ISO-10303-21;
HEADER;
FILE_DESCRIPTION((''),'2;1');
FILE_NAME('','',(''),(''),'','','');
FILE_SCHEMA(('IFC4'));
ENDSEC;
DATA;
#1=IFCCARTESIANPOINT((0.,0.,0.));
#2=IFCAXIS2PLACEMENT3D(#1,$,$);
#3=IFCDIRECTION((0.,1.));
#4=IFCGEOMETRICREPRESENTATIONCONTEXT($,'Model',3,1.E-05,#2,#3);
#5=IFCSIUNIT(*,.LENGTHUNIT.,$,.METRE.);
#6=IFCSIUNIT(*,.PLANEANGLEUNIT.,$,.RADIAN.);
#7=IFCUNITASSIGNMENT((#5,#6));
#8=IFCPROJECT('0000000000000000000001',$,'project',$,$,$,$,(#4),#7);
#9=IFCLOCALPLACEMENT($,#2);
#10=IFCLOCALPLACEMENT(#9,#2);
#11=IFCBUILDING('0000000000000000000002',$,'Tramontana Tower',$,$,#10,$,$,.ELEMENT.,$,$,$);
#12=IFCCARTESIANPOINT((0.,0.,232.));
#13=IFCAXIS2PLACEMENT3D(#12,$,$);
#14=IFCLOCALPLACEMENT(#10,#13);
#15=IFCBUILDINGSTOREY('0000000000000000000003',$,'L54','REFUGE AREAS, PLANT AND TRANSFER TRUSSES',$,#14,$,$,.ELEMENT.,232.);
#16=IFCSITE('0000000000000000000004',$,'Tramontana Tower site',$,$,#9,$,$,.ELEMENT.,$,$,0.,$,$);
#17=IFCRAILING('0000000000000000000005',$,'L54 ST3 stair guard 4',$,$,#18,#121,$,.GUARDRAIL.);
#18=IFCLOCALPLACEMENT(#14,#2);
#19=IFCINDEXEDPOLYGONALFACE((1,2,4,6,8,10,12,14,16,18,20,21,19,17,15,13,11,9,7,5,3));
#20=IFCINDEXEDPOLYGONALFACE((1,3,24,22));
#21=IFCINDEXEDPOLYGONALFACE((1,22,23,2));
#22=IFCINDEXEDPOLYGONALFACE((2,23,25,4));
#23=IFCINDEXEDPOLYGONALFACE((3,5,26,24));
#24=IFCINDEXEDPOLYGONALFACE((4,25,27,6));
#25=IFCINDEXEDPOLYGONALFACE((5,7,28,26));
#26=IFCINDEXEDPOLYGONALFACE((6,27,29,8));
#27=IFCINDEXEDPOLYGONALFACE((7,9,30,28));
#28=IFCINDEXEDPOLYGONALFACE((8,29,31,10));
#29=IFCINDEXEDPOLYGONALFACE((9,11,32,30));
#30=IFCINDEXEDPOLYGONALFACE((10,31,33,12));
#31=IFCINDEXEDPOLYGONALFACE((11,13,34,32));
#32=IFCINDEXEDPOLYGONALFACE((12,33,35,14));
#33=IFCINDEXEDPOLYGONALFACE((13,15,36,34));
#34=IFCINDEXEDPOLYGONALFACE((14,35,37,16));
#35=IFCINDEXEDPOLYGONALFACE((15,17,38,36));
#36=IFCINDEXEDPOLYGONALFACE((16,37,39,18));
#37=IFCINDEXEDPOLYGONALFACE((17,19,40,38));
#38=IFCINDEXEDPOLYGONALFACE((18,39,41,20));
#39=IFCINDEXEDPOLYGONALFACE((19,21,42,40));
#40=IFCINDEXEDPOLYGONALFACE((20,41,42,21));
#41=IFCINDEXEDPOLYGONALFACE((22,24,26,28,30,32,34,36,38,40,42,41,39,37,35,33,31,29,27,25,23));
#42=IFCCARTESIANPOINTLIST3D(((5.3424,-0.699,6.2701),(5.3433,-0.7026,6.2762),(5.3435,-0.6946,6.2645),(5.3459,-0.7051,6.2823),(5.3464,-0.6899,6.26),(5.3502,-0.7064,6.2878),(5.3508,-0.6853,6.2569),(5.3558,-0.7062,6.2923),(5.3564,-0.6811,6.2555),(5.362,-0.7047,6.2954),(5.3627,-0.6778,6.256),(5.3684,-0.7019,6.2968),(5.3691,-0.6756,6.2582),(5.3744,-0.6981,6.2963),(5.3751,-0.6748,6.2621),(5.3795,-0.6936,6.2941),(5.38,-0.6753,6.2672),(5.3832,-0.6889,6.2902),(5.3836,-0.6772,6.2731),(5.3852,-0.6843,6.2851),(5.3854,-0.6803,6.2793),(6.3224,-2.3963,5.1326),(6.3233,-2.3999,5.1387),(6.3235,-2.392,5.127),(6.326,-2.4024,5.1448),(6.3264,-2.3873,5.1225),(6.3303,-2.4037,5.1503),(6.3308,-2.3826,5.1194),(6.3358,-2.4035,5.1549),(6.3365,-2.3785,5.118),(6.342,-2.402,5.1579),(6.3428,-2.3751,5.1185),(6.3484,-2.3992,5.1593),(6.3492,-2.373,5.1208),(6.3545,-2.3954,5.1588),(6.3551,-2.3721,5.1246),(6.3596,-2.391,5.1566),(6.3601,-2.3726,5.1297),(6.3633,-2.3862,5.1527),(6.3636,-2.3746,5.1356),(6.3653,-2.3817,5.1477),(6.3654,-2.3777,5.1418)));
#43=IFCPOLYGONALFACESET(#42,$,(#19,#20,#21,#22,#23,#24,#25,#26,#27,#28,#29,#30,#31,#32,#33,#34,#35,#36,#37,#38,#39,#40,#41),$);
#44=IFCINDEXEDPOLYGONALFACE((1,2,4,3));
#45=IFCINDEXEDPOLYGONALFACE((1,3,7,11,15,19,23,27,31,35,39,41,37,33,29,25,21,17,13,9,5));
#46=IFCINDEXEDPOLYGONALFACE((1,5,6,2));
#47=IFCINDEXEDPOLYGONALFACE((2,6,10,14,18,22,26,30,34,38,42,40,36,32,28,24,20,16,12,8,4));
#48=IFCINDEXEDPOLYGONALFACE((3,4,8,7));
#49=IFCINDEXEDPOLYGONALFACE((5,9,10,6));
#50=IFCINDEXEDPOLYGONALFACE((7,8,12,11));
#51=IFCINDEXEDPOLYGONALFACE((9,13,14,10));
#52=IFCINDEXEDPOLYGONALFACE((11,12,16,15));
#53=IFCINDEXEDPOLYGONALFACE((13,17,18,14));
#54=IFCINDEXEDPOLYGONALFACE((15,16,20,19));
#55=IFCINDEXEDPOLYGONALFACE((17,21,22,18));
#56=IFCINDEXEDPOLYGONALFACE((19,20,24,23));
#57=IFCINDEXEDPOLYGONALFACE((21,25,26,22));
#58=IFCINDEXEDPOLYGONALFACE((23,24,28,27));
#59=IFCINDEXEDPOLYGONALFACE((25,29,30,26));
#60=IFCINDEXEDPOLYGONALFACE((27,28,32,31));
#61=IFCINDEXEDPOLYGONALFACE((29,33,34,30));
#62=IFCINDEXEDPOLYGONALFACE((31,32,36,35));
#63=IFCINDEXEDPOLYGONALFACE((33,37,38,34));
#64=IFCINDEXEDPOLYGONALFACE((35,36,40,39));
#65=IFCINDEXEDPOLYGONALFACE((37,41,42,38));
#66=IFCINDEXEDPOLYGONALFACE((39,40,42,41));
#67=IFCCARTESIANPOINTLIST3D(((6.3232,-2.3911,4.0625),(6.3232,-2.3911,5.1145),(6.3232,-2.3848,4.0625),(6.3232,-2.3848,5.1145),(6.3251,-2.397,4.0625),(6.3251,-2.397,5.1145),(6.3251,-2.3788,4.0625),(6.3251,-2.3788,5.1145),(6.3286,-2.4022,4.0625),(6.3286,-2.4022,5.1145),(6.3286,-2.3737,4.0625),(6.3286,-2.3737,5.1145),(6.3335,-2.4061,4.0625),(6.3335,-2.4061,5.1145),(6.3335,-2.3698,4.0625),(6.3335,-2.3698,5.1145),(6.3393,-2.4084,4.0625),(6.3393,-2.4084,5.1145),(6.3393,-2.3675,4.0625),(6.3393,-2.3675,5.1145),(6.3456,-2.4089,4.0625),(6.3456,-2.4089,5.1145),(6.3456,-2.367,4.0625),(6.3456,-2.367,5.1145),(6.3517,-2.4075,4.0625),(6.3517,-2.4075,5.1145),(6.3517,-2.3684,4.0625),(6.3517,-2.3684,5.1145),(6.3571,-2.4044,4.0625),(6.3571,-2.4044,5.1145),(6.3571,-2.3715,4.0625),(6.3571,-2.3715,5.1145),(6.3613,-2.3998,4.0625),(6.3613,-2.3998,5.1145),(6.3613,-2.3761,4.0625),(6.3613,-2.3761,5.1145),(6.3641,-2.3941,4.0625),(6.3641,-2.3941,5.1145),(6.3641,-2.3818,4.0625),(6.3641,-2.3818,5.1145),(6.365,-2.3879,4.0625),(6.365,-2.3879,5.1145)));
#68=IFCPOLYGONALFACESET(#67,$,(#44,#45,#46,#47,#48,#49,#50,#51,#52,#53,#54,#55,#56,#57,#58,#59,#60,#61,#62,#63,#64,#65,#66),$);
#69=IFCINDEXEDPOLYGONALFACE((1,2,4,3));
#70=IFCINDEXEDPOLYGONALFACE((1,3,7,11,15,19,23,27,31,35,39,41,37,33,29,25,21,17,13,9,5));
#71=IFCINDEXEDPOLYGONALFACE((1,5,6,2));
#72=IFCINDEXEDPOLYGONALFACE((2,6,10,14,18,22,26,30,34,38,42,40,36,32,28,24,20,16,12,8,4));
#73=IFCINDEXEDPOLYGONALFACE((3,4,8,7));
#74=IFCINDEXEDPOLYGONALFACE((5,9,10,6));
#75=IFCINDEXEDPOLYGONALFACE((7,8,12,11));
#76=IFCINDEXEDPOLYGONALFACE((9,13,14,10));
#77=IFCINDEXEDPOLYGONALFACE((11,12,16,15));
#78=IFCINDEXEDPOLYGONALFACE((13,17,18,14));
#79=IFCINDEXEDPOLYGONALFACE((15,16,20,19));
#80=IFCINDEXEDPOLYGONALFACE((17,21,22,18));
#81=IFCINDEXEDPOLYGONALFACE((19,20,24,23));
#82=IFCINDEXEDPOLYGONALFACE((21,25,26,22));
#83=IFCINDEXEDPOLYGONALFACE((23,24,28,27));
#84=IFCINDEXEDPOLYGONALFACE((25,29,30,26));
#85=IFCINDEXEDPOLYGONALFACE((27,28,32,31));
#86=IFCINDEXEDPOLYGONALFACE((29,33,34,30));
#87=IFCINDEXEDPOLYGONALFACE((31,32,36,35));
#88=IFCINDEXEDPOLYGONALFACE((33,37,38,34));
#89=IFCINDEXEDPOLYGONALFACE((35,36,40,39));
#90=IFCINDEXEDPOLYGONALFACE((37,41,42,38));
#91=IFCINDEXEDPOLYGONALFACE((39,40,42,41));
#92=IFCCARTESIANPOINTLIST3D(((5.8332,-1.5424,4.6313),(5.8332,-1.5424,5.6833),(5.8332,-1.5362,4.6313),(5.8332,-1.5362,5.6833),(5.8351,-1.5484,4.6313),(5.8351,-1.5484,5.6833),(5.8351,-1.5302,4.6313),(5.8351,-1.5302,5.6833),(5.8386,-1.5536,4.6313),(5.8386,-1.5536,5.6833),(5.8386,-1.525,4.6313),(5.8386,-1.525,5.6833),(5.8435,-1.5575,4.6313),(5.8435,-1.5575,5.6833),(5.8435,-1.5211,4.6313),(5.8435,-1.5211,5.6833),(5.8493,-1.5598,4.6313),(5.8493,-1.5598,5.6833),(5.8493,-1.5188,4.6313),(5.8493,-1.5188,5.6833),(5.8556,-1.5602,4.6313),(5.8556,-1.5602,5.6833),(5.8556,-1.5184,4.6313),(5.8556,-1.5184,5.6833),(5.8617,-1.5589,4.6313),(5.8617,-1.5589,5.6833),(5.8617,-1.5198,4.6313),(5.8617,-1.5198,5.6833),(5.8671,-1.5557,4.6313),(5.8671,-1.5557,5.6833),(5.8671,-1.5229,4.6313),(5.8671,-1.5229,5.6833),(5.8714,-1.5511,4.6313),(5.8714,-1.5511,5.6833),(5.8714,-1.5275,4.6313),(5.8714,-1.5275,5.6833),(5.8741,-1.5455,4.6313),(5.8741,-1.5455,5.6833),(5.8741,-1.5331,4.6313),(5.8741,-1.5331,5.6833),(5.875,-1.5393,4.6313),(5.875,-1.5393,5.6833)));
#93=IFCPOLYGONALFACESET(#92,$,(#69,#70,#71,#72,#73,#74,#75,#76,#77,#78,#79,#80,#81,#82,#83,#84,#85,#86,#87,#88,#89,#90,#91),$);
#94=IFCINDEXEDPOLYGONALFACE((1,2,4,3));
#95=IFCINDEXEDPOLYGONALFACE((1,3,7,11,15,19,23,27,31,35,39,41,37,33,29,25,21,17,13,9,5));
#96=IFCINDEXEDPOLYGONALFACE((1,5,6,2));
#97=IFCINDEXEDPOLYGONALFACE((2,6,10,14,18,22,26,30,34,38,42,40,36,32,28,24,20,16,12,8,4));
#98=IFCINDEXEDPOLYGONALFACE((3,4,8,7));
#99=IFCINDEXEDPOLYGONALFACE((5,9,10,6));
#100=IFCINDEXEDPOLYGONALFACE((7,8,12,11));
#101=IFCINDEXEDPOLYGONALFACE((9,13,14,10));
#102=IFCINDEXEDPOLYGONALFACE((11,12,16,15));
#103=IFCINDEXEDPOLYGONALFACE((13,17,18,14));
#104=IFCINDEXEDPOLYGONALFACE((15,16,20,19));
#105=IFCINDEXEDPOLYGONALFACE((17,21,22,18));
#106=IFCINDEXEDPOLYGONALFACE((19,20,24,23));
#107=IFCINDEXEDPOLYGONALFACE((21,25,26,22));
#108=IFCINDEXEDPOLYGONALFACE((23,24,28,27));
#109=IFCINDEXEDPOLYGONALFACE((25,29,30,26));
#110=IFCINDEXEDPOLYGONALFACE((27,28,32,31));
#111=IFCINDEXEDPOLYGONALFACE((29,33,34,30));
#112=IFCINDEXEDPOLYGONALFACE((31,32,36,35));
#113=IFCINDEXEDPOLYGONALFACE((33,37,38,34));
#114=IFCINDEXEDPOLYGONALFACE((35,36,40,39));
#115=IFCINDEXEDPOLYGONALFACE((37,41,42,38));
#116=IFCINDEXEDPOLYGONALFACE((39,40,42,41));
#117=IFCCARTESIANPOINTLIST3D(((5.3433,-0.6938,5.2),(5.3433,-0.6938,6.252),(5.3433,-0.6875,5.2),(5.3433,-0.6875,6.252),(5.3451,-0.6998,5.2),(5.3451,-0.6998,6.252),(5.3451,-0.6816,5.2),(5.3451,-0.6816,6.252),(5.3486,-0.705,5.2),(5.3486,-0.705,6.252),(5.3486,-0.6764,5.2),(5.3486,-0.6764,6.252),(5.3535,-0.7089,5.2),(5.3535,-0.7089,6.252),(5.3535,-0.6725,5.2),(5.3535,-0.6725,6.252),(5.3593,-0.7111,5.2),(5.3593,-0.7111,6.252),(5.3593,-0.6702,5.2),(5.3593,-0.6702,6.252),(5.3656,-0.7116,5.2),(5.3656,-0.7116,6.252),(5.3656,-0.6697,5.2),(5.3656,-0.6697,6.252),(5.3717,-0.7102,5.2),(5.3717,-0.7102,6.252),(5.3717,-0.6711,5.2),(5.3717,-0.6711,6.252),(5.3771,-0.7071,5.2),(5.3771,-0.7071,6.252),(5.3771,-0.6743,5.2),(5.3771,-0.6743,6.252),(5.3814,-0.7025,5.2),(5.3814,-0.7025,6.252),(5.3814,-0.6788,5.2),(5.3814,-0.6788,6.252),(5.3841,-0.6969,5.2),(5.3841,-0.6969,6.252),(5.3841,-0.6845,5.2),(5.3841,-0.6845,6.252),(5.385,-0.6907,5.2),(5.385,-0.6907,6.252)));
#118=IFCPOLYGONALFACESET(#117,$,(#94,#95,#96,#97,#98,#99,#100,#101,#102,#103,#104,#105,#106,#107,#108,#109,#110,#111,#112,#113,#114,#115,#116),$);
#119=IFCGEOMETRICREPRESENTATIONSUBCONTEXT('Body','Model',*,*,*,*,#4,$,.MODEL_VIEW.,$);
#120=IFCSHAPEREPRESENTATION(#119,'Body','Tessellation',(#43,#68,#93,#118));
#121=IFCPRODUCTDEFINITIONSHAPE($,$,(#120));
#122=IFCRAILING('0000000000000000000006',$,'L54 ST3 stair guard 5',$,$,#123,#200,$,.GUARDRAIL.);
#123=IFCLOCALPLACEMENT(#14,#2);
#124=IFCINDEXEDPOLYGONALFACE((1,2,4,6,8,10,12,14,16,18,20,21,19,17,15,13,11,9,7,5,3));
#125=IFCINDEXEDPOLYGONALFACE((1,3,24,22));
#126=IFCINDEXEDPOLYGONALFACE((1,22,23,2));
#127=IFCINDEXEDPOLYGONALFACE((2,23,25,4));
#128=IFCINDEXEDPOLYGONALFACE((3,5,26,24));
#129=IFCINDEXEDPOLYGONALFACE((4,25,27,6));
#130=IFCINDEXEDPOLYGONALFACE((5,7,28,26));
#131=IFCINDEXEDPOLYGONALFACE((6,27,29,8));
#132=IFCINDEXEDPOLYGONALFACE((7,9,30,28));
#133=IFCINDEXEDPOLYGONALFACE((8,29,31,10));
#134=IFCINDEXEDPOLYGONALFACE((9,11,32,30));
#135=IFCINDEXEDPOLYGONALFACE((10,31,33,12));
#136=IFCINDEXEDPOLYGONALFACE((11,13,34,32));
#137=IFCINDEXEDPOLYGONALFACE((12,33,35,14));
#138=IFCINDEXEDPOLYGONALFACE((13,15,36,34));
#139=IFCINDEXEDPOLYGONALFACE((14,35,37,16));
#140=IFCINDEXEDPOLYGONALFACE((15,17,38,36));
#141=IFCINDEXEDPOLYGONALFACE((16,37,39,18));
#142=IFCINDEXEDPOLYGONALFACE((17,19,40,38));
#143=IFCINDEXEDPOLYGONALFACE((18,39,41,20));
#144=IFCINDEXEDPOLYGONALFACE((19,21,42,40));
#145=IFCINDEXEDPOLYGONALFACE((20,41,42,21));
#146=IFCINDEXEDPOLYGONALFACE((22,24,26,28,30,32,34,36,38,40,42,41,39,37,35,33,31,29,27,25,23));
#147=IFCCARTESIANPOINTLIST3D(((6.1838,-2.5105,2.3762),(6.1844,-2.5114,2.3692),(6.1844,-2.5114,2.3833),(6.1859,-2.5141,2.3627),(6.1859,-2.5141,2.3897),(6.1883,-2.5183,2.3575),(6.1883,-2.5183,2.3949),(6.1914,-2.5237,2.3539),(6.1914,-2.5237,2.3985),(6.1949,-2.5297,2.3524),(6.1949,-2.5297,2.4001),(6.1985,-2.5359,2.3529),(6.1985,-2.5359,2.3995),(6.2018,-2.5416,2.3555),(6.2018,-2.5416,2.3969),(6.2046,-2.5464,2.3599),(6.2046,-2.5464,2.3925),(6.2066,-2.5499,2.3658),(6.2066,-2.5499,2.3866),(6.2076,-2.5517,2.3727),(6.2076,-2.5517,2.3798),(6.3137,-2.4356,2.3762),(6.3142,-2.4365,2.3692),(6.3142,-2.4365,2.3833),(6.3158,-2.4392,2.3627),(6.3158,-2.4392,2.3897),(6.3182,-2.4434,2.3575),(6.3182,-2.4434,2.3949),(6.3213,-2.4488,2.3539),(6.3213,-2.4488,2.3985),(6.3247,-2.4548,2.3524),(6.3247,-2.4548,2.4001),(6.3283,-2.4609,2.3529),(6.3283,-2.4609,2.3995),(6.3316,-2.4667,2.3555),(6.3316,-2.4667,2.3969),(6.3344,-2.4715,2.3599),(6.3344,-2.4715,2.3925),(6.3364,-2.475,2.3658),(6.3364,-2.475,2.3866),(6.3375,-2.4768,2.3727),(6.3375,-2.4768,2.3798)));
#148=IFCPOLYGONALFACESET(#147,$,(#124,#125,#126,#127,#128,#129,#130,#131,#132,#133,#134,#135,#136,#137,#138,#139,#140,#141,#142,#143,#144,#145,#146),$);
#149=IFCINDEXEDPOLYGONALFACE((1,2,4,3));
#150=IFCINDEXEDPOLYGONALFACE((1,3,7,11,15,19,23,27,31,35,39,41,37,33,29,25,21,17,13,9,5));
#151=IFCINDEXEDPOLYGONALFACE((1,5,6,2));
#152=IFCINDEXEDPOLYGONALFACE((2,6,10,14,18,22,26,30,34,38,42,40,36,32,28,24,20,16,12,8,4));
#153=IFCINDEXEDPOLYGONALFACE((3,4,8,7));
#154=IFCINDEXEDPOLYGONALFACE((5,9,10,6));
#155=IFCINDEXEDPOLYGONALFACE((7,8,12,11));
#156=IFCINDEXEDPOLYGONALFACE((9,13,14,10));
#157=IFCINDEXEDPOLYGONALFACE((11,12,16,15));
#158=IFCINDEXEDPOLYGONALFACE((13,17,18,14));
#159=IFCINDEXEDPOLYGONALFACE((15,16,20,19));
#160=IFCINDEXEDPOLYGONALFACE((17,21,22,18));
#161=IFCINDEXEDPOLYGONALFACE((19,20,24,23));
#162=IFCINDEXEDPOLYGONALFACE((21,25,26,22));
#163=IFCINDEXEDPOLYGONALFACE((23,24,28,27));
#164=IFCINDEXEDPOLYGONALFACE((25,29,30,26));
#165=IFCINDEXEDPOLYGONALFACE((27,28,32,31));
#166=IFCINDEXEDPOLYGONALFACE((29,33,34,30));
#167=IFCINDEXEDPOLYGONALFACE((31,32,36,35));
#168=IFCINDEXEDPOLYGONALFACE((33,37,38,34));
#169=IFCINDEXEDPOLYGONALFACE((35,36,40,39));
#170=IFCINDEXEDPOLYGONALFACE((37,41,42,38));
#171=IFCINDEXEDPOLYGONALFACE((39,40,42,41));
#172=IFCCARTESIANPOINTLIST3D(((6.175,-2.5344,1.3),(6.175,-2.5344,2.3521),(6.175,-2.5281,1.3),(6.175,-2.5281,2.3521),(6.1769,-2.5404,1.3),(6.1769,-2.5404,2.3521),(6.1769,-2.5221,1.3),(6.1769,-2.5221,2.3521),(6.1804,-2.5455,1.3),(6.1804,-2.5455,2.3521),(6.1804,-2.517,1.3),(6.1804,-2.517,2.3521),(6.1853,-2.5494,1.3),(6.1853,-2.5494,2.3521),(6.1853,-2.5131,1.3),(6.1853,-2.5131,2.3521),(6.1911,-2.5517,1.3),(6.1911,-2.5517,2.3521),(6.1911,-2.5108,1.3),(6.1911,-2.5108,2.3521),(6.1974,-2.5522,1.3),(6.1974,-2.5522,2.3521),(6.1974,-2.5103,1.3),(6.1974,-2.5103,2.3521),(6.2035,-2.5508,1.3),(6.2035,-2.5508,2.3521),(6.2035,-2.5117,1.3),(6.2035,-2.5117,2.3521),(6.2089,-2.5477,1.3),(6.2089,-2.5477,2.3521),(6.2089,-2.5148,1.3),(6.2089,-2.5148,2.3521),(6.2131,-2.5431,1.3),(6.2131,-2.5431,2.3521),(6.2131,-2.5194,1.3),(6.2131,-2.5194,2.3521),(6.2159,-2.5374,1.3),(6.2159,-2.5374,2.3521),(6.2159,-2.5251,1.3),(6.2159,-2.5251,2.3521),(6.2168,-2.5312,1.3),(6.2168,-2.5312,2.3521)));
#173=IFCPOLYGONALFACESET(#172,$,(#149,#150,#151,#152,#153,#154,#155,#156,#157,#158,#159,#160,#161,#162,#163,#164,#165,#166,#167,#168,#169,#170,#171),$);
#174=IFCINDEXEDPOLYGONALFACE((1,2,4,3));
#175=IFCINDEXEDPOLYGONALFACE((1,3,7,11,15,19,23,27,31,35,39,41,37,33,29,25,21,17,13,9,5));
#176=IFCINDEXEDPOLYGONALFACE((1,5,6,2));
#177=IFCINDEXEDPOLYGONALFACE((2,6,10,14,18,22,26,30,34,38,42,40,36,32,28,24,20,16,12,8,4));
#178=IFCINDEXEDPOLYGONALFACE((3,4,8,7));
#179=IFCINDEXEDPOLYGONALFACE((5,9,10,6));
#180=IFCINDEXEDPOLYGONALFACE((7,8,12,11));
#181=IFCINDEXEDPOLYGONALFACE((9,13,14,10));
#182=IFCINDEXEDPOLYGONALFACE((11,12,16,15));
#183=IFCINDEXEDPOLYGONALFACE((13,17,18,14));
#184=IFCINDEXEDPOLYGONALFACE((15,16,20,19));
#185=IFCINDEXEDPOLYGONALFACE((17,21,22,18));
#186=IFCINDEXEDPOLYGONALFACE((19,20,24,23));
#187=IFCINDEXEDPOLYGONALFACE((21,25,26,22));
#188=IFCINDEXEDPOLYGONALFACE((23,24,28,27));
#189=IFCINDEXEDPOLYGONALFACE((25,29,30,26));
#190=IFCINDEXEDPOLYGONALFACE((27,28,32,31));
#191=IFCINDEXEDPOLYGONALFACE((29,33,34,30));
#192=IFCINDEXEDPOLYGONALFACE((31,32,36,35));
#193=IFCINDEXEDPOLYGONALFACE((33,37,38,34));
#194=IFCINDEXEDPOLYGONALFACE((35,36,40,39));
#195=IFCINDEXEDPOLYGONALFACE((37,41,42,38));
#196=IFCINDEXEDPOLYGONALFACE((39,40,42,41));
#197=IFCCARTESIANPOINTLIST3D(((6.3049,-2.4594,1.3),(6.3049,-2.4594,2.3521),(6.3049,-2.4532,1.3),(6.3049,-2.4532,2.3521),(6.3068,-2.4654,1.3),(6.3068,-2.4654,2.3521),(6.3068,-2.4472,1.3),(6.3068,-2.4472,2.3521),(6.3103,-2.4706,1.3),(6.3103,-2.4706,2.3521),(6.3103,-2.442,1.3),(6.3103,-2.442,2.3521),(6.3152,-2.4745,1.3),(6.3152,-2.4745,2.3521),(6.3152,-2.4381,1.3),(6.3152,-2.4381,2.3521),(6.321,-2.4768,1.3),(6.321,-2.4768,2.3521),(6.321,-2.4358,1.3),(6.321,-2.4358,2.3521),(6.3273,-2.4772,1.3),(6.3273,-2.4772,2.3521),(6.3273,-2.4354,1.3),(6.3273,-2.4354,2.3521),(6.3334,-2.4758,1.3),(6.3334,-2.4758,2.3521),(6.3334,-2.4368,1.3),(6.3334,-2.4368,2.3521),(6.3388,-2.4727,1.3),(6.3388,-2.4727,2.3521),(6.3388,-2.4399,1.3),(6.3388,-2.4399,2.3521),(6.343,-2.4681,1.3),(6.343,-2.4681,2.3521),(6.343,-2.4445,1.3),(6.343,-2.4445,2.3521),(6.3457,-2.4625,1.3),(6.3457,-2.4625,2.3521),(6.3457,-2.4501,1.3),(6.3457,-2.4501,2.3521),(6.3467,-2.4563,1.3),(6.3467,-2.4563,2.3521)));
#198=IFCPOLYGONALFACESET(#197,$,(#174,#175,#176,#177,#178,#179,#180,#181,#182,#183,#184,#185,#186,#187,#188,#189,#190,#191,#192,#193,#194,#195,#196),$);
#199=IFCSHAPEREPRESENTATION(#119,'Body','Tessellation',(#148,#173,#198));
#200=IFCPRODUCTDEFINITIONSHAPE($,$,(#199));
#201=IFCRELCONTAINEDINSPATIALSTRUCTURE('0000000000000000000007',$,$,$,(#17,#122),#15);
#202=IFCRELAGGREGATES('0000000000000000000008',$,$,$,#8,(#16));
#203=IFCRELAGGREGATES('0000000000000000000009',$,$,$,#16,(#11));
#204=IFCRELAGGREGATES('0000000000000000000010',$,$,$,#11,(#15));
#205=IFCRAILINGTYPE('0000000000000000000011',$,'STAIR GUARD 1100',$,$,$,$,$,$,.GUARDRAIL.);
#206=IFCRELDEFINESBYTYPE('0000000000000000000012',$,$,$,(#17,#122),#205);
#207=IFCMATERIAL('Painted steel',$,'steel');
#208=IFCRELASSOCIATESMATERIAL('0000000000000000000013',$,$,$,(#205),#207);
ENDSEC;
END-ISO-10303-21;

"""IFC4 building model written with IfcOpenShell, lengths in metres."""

from ifc_helpers import new_model, si_unit, direction, frame, origin, origin_2d, place, context, subcontext, project, spatial, circle, extrude, material, type_object, element, save


model = new_model("IFC4")

# Units and contexts
model_context = context("Model", 3, precision=1e-05, world=origin(), true_north=direction((0.0, 1.0)))
body_context = subcontext(model_context, "Body", "Model", "MODEL_VIEW")
ifc_project = project(units=[si_unit("LENGTHUNIT", "METRE"), si_unit("PLANEANGLEUNIT", "RADIAN")], contexts=[model_context])

# Site, building, storey
site_placement = place(None, origin())
site = spatial("IfcSite", under=ifc_project, at=site_placement, Name="Tramontana Tower site", CompositionType="ELEMENT", RefElevation=0.0)
building_placement = place(site_placement, origin())
building = spatial("IfcBuilding", under=site, at=building_placement, Name="Tramontana Tower", CompositionType="ELEMENT")
storey_placement = place(building_placement, frame((0.0, 0.0, 232.0)))
storey = spatial("IfcBuildingStorey", under=building, at=storey_placement, Name="L54", Description="REFUGE AREAS, PLANT AND TRANSFER TRUSSES", CompositionType="ELEMENT", Elevation=232.0)

# Railings
ifc_material_1 = material(Name="Painted steel", Category="steel")
railing_type_1 = type_object("IfcRailingType", Name="STAIR GUARD 1100", PredefinedType="GUARDRAIL", material=ifc_material_1)
railing_1_placement = place(storey_placement, frame((6.344, -2.3879, 4.0625)))
element("IfcRailing", 1, at=railing_1_placement, inside=storey, type_object=railing_type_1, Name="L54 ST3 stair guard 4", PredefinedType="GUARDRAIL", context=body_context, shape_type="SweptSolid", body=[
    extrude(circle(Radius=0.0239, at=origin_2d()), frame((0.0, 0.0, 1.0762), z_axis=(-0.432467, 0.749006, 0.501959), x_axis=(-0.866011, -0.500024, 0.0)), (0.0, 0.0, 1.0), 2.2661),
    extrude(circle(Radius=0.021, at=origin_2d()), origin(), (0.0, 0.0, 1.0), 1.052),
    extrude(circle(Radius=0.021, at=origin_2d()), frame((-0.49, 0.8486, 0.5688)), (0.0, 0.0, 1.0), 1.052),
    extrude(circle(Radius=0.021, at=origin_2d()), frame((-0.98, 1.6973, 1.1375)), (0.0, 0.0, 1.0), 1.052),
])
for number, where, name in (
    (2, (6.1958, -2.5312, 1.3), "L54 ST3 stair guard 5"),
):
    element("IfcRailing", number, at=place(storey_placement, frame(where)), inside=storey, type_object=railing_type_1, Name=name, PredefinedType="GUARDRAIL", context=body_context, shape_type="SweptSolid", body=[
        extrude(circle(Radius=0.0239, at=origin_2d()), frame((0.0, 0.0, 1.0762), z_axis=(0.866131, 0.499816, 0.0), x_axis=(-0.499816, 0.866131, 0.0)), (0.0, 0.0, 1.0), 0.1499),
        extrude(circle(Radius=0.021, at=origin_2d()), origin(), (0.0, 0.0, 1.0), 1.052),
        extrude(circle(Radius=0.021, at=origin_2d()), frame((0.1299, 0.075, 0.0)), (0.0, 0.0, 1.0), 1.052),
    ])

save(model, "model.ifc")
